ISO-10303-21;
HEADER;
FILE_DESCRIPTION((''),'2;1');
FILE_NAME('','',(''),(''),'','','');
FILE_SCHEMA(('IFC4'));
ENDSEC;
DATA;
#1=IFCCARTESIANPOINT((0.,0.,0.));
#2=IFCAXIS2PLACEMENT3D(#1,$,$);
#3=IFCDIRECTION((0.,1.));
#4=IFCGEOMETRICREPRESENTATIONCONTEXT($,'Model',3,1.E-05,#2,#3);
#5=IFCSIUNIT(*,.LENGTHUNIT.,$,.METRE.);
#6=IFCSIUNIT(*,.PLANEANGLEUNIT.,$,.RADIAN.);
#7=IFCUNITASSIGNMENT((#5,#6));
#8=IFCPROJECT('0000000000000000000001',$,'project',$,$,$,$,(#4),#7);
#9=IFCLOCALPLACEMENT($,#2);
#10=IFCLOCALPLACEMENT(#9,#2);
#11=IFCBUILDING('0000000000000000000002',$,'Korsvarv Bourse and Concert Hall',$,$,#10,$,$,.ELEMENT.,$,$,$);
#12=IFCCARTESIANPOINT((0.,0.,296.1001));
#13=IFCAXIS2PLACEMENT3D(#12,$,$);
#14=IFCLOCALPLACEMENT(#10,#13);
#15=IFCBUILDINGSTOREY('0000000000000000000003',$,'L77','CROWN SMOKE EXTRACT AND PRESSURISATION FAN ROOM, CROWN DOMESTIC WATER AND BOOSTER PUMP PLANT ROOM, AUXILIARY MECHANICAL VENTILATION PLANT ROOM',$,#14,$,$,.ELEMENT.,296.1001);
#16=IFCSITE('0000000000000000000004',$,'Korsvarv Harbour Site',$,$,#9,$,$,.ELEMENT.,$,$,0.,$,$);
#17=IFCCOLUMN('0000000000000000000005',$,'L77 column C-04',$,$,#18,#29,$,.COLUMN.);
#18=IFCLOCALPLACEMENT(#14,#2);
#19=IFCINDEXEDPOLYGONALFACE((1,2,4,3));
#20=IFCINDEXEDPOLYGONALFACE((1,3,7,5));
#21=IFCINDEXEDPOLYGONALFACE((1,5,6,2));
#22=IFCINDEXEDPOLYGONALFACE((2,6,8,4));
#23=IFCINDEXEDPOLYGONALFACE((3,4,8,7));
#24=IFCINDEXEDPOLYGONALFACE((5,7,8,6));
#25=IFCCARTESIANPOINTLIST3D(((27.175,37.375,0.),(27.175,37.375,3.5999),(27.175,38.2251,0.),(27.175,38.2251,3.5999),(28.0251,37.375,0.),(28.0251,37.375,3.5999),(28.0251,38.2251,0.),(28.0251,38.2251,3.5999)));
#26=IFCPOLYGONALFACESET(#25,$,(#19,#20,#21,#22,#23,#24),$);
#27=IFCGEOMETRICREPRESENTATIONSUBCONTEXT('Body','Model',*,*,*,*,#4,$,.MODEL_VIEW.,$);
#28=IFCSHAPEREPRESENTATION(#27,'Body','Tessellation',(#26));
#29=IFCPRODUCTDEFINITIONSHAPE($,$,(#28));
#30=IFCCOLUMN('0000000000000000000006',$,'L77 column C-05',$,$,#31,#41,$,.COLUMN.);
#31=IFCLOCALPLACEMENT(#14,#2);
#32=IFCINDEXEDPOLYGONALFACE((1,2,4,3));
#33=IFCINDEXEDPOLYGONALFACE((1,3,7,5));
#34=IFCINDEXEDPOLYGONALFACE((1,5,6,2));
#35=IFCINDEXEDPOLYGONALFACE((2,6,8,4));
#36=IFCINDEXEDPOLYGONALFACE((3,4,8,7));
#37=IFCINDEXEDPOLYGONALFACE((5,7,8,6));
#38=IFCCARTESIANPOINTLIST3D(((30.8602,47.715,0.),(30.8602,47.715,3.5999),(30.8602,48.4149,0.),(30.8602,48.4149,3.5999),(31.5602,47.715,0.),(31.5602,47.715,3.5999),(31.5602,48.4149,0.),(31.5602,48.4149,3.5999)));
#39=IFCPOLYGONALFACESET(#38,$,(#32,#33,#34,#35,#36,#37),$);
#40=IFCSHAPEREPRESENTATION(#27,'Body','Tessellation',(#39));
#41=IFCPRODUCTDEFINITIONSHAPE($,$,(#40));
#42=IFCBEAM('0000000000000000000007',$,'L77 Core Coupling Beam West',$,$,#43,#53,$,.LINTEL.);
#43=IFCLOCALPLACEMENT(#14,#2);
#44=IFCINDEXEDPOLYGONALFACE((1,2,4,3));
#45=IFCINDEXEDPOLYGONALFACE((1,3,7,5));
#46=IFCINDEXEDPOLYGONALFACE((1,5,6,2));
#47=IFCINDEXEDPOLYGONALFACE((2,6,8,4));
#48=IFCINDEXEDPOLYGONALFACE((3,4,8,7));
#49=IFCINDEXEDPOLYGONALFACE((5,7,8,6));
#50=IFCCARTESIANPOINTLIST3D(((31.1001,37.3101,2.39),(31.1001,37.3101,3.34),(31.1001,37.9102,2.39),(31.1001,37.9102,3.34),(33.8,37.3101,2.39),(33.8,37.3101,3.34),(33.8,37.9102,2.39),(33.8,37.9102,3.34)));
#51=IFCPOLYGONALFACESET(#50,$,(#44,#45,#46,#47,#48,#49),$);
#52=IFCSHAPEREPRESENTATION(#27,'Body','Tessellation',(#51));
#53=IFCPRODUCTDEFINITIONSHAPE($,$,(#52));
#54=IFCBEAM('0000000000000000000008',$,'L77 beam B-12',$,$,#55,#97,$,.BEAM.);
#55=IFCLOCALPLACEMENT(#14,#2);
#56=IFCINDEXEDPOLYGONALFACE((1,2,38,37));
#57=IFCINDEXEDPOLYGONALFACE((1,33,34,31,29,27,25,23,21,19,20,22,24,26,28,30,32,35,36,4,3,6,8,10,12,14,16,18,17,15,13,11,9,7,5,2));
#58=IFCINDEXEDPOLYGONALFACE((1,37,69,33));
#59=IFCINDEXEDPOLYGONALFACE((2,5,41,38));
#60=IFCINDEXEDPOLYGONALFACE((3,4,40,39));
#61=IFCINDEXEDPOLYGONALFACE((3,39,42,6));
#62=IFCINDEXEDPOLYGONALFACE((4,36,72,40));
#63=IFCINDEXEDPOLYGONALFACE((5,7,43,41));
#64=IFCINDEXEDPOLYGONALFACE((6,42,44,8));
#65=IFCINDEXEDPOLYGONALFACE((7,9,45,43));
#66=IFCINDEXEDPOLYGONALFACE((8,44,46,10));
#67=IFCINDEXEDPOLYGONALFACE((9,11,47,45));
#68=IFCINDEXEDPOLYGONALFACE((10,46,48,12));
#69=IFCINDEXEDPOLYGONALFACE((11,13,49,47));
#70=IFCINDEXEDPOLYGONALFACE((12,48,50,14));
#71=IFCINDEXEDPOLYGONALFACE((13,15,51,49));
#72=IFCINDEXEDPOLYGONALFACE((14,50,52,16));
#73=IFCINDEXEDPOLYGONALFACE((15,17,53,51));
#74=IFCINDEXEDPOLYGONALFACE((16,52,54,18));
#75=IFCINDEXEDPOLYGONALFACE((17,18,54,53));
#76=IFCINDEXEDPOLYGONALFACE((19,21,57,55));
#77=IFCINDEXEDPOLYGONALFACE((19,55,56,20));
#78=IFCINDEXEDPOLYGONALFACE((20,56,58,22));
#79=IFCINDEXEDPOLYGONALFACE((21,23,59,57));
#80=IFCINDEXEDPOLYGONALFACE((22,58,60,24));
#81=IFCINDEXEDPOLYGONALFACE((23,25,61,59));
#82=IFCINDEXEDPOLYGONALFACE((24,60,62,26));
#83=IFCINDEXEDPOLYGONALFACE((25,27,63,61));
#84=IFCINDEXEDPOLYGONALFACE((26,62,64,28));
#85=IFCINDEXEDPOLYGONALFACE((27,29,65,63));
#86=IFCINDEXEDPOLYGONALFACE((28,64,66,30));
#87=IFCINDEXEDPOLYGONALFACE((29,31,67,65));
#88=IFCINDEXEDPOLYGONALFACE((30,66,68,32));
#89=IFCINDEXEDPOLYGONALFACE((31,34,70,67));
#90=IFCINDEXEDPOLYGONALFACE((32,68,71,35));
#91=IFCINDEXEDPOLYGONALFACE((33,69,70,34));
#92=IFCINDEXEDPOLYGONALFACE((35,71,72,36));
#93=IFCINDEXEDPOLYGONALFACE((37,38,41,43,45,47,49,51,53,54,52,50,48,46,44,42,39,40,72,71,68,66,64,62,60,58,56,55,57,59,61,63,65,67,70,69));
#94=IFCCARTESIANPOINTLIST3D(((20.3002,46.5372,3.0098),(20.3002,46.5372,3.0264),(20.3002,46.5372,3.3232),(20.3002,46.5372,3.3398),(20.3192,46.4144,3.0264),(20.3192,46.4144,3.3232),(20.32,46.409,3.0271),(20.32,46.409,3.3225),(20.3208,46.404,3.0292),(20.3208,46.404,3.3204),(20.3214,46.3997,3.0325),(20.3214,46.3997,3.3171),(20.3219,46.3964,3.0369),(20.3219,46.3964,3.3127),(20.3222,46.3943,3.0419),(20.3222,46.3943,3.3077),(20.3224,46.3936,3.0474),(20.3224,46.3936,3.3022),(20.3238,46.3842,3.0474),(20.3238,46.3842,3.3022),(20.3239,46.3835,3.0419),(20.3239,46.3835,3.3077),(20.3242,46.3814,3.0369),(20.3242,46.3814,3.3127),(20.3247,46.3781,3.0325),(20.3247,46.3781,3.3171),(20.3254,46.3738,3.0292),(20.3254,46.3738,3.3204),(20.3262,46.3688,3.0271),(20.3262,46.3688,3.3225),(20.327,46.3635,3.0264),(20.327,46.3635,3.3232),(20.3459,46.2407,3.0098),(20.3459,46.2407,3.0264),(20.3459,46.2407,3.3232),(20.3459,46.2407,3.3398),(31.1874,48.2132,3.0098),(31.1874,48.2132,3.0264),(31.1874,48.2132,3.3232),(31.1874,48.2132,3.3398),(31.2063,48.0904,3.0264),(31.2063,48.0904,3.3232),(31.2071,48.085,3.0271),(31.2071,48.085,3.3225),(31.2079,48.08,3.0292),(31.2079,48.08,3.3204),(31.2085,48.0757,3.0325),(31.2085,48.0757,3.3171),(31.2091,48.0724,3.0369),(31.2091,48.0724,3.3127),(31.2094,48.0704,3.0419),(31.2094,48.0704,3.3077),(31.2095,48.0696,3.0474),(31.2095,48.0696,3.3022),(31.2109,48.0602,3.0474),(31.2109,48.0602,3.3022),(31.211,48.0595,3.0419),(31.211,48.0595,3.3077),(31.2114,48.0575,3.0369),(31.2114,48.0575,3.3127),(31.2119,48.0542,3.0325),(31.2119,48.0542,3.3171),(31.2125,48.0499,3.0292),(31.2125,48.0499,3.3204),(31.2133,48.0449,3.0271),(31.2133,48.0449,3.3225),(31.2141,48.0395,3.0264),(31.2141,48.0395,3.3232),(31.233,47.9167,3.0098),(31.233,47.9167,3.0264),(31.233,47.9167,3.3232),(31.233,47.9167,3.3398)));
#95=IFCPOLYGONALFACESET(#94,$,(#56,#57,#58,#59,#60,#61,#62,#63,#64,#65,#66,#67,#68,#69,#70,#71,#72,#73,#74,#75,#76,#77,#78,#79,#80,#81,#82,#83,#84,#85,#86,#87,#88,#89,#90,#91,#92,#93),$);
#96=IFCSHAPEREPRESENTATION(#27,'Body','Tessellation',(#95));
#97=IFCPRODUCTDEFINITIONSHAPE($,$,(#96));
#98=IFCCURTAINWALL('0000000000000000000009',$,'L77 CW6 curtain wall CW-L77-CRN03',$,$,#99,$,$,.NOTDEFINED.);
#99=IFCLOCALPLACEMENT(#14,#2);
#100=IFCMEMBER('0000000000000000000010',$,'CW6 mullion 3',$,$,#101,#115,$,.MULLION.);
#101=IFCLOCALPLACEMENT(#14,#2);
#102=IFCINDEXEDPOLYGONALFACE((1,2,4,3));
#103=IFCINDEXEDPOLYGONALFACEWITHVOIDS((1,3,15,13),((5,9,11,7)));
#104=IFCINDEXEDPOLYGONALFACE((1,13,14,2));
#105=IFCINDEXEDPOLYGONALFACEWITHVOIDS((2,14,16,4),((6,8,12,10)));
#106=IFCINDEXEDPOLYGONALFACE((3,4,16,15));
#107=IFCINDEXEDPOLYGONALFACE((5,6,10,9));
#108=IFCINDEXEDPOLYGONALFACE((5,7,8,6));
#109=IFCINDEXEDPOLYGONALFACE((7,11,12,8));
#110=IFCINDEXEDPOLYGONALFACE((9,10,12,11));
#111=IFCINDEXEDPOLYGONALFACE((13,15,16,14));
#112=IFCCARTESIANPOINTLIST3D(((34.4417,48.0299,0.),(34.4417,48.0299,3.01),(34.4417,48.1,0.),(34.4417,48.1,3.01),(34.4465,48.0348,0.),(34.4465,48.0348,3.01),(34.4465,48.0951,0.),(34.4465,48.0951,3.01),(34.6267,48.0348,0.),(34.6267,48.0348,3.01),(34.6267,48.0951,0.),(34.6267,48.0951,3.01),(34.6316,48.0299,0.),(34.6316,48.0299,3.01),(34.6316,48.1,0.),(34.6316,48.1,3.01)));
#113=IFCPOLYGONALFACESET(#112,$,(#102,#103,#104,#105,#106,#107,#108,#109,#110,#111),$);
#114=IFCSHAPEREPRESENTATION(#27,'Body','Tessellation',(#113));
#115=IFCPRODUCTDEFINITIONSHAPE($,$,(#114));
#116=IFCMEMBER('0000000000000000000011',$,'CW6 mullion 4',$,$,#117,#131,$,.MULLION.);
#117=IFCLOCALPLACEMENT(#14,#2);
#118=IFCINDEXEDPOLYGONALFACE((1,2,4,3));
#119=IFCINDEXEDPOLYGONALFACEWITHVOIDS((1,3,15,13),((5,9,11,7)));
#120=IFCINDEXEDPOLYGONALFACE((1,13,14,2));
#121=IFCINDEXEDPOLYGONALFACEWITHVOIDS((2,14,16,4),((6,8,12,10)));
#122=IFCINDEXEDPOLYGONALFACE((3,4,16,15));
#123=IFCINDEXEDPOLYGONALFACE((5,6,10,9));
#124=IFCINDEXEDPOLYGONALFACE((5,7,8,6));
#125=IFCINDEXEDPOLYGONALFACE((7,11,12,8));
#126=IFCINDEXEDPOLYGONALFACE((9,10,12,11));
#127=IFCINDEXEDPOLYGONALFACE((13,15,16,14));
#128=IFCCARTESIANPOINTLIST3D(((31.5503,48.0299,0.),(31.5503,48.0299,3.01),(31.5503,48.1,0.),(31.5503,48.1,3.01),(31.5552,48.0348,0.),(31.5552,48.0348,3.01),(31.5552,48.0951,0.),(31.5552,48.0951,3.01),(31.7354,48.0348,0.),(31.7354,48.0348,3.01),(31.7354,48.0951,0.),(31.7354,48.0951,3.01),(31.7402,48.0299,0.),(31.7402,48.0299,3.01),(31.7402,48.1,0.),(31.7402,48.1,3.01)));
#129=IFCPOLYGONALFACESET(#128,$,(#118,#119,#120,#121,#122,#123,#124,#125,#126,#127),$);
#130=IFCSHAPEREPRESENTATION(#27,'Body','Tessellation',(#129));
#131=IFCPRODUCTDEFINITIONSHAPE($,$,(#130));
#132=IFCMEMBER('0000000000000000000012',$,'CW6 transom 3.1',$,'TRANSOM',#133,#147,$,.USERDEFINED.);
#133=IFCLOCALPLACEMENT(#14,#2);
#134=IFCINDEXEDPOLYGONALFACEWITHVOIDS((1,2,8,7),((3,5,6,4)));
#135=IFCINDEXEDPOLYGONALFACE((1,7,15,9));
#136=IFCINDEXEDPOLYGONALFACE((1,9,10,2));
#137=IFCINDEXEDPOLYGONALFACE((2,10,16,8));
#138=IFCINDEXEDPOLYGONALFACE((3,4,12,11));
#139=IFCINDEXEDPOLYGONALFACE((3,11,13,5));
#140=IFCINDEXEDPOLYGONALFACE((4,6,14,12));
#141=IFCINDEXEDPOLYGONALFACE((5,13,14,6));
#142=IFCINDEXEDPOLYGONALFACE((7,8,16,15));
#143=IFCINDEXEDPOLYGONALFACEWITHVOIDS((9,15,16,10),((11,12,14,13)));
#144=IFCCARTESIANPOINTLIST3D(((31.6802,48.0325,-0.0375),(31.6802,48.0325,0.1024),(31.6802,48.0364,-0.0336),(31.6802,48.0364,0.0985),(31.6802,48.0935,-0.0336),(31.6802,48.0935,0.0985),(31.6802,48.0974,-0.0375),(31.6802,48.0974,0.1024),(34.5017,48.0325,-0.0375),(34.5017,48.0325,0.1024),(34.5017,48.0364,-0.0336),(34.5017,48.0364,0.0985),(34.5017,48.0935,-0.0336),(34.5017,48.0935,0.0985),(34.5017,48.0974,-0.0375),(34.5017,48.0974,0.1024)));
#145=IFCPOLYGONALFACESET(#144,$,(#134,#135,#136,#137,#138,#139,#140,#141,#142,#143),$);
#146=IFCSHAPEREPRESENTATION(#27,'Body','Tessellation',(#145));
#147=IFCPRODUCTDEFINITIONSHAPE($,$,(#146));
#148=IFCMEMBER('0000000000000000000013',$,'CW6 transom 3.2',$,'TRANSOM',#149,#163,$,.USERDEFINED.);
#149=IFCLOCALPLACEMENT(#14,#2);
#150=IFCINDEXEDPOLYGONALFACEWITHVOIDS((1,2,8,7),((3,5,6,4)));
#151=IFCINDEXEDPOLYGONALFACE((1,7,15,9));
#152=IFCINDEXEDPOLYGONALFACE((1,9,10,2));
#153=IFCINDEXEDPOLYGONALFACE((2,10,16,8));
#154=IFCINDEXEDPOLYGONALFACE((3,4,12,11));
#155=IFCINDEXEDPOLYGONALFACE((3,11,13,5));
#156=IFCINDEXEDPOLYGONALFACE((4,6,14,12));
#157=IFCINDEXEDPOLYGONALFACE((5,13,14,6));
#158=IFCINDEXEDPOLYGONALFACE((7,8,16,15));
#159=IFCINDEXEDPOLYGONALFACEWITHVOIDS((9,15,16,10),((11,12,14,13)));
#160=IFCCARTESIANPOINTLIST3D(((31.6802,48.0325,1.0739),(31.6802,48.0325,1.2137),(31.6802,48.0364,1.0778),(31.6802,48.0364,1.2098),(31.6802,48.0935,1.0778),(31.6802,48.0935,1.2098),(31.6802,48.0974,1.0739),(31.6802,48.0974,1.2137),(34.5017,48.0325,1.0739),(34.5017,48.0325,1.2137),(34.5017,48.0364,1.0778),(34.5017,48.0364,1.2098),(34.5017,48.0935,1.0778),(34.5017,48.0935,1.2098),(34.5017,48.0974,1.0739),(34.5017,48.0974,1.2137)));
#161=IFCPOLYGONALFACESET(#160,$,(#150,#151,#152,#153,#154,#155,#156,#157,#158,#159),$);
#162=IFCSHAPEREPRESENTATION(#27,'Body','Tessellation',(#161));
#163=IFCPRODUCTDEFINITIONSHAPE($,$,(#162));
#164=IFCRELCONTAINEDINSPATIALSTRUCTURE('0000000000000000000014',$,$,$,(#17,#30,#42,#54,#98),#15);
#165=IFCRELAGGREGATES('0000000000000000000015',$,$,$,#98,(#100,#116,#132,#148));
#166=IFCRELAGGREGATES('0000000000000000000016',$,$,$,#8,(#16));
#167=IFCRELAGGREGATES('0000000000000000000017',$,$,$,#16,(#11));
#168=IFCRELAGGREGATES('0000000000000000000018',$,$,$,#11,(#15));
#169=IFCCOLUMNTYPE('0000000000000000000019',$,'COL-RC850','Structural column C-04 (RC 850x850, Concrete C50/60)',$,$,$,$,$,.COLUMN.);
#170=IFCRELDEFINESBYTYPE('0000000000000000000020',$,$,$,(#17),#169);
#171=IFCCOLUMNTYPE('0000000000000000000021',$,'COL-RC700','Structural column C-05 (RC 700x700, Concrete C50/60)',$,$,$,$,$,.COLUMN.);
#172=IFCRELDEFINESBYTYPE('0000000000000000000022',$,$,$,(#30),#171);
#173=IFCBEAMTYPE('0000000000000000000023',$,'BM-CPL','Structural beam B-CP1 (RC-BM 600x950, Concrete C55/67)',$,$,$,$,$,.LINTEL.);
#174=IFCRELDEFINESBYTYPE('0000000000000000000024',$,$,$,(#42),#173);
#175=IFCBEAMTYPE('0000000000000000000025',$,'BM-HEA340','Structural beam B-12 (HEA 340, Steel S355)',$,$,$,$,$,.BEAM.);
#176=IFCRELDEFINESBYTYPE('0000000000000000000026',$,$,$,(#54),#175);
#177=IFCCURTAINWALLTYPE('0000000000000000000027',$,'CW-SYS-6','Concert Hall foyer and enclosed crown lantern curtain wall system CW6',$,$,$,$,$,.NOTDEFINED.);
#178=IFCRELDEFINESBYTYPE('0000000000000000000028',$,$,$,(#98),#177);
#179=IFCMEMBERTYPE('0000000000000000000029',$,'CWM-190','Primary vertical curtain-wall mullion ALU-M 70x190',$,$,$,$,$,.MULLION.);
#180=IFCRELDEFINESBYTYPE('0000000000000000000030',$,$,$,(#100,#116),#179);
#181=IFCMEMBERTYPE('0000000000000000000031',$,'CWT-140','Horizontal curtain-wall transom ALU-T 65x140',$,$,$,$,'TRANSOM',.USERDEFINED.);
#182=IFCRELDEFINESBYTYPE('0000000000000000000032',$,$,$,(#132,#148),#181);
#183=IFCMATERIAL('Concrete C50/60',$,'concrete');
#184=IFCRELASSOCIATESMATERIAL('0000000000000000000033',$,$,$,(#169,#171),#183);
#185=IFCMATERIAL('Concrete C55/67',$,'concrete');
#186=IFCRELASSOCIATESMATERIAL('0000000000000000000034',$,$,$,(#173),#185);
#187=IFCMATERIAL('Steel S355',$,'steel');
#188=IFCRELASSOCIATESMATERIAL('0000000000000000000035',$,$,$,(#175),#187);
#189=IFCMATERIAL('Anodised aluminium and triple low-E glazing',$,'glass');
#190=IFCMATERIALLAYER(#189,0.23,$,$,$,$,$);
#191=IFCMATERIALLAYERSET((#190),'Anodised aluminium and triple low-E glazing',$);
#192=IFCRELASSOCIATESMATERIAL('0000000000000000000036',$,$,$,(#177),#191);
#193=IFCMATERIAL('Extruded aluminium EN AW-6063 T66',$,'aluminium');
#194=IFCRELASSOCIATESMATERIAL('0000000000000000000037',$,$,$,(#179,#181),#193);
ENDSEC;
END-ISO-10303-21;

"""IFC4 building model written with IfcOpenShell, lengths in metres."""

from ifc_helpers import new_model, si_unit, direction, frame, origin, origin_2d, place, context, subcontext, project, spatial, rectangle, hollow_rectangle, i_section, extrude, source, transform, mapped, material, layer, layer_set, material_profile, profile_set, type_object, element, aggregate, save


model = new_model("IFC4")

# Units and contexts
model_context = context("Model", 3, precision=1e-05, world=origin(), true_north=direction((0.0, 1.0)))
body_context = subcontext(model_context, "Body", "Model", "MODEL_VIEW")
ifc_project = project(units=[si_unit("LENGTHUNIT", "METRE"), si_unit("PLANEANGLEUNIT", "RADIAN")], contexts=[model_context])

# Site, building, storey
site_placement = place(None, origin())
site = spatial("IfcSite", under=ifc_project, at=site_placement, Name="Korsvarv Harbour Site", CompositionType="ELEMENT", RefElevation=0.0)
building_placement = place(site_placement, origin())
building = spatial("IfcBuilding", under=site, at=building_placement, Name="Korsvarv Bourse and Concert Hall", CompositionType="ELEMENT")
storey_placement = place(building_placement, frame((0.0, 0.0, 296.1001)))
storey = spatial("IfcBuildingStorey", under=building, at=storey_placement, Name="L77", Description="CROWN SMOKE EXTRACT AND PRESSURISATION FAN ROOM, CROWN DOMESTIC WATER AND BOOSTER PUMP PLANT ROOM, AUXILIARY MECHANICAL VENTILATION PLANT ROOM", CompositionType="ELEMENT", Elevation=296.1001)

# Columns
ifc_material_1 = material(Name="Concrete C50/60", Category="concrete")
ifc_material_profile_1 = material_profile(ifc_material_1, rectangle(XDim=0.8501, YDim=0.8501, at=origin_2d()), Name="RC 850x850")
ifc_profile_set_1 = profile_set([ifc_material_profile_1], Name="Concrete C50/60")
column_type_1 = type_object("IfcColumnType", Name="COL-RC850", Description="Structural column C-04 (RC 850x850, Concrete C50/60)", PredefinedType="COLUMN", material=ifc_profile_set_1)
shared_shape_1 = source(origin(), body_context, "Body", "SweptSolid", [
    extrude(rectangle(XDim=0.8501, YDim=0.8501, at=origin_2d()), origin(), (0.0, 0.0, 1.0), 3.5999),
])
column_1_placement = place(storey_placement, frame((27.6001, 37.8, 0.0), z_axis=(0.0, 0.0, 1.0), x_axis=(1.0, 0.0, 0.0)))
element("IfcColumn", 1, at=column_1_placement, inside=storey, type_object=column_type_1, Name="L77 column C-04", PredefinedType="COLUMN", context=body_context, shape_type="MappedRepresentation", body=[
    mapped(shared_shape_1, transform((0.0, 0.0, 0.0), scale=1.0)),
])
ifc_material_profile_2 = material_profile(ifc_material_1, rectangle(XDim=0.7, YDim=0.7, at=origin_2d()), Name="RC 700x700")
ifc_profile_set_2 = profile_set([ifc_material_profile_2], Name="Concrete C50/60")
column_type_2 = type_object("IfcColumnType", Name="COL-RC700", Description="Structural column C-05 (RC 700x700, Concrete C50/60)", PredefinedType="COLUMN", material=ifc_profile_set_2)
shared_shape_2 = source(origin(), body_context, "Body", "SweptSolid", [
    extrude(rectangle(XDim=0.7, YDim=0.7, at=origin_2d()), origin(), (0.0, 0.0, 1.0), 3.5999),
])
column_2_placement = place(storey_placement, frame((31.2102, 48.0649, 0.0), z_axis=(0.0, 0.0, 1.0), x_axis=(1.0, 0.0, 0.0)))
element("IfcColumn", 2, at=column_2_placement, inside=storey, type_object=column_type_2, Name="L77 column C-05", PredefinedType="COLUMN", context=body_context, shape_type="MappedRepresentation", body=[
    mapped(shared_shape_2, transform((0.0, 0.0, 0.0), scale=1.0)),
])

# Beams
ifc_material_2 = material(Name="Concrete C55/67", Category="concrete")
ifc_material_profile_3 = material_profile(ifc_material_2, rectangle(XDim=0.6001, YDim=0.95, at=origin_2d()), Name="RC-BM 600x950")
ifc_profile_set_3 = profile_set([ifc_material_profile_3], Name="Concrete C55/67")
beam_type_1 = type_object("IfcBeamType", Name="BM-CPL", Description="Structural beam B-CP1 (RC-BM 600x950, Concrete C55/67)", PredefinedType="LINTEL", material=ifc_profile_set_3)
shared_shape_3 = source(origin(), body_context, "Body", "SweptSolid", [
    extrude(rectangle(XDim=0.6001, YDim=0.95, at=origin_2d()), origin(), (0.0, 0.0, 1.0), 2.7),
])
beam_1_placement = place(storey_placement, frame((31.1001, 37.6101, 2.865), z_axis=(1.0, 0.0, 0.0), x_axis=(0.0, 1.0, 0.0)))
element("IfcBeam", 3, at=beam_1_placement, inside=storey, type_object=beam_type_1, Name="L77 Core Coupling Beam West", PredefinedType="LINTEL", context=body_context, shape_type="MappedRepresentation", body=[
    mapped(shared_shape_3, transform((0.0, 0.0, 0.0), scale=1.0)),
])
ifc_material_3 = material(Name="Steel S355", Category="steel")
ifc_material_profile_4 = material_profile(ifc_material_3, i_section(OverallWidth=0.3, OverallDepth=0.3301, WebThickness=0.0095, FlangeThickness=0.0166, FilletRadius=0.021, at=origin_2d()), Name="HEA 340")
ifc_profile_set_4 = profile_set([ifc_material_profile_4], Name="Steel S355")
beam_type_2 = type_object("IfcBeamType", Name="BM-HEA340", Description="Structural beam B-12 (HEA 340, Steel S355)", PredefinedType="BEAM", material=ifc_profile_set_4)
shared_shape_4 = source(origin(), body_context, "Body", "SweptSolid", [
    extrude(i_section(OverallWidth=0.3, OverallDepth=0.3301, WebThickness=0.0095, FlangeThickness=0.0166, FilletRadius=0.021, at=origin_2d()), origin(), (0.0, 0.0, 1.0), 11.0154),
])
beam_2_placement = place(storey_placement, frame((31.2102, 48.0649, 3.1748), z_axis=(-0.988357, -0.152152, 0.0), x_axis=(0.152152, -0.988357, 0.0)))
element("IfcBeam", 4, at=beam_2_placement, inside=storey, type_object=beam_type_2, Name="L77 beam B-12", PredefinedType="BEAM", context=body_context, shape_type="MappedRepresentation", body=[
    mapped(shared_shape_4, transform((0.0, 0.0, 0.0), scale=1.0)),
])

# Curtain wall, members
ifc_material_4 = material(Name="Anodised aluminium and triple low-E glazing", Category="glass")
ifc_layer_1 = layer(ifc_material_4, 0.23)
ifc_layer_set_1 = layer_set([ifc_layer_1], Name="Anodised aluminium and triple low-E glazing")
curtain_wall_type = type_object("IfcCurtainWallType", Name="CW-SYS-6", Description="Concert Hall foyer and enclosed crown lantern curtain wall system CW6", PredefinedType="NOTDEFINED", material=ifc_layer_set_1)
curtain_wall_placement = place(storey_placement, origin())
curtain_wall = element("IfcCurtainWall", 5, at=curtain_wall_placement, inside=storey, type_object=curtain_wall_type, Name="L77 CW6 curtain wall CW-L77-CRN03", PredefinedType="NOTDEFINED")
ifc_material_5 = material(Name="Extruded aluminium EN AW-6063 T66", Category="aluminium")
ifc_material_profile_5 = material_profile(ifc_material_5, hollow_rectangle(XDim=0.0701, YDim=0.1899, WallThickness=0.0049, at=origin_2d()), Name="ALU-M 70x190")
ifc_profile_set_5 = profile_set([ifc_material_profile_5], Name="Extruded aluminium EN AW-6063 T66")
member_type_1 = type_object("IfcMemberType", Name="CWM-190", Description="Primary vertical curtain-wall mullion ALU-M 70x190", PredefinedType="MULLION", material=ifc_profile_set_5)
shared_shape_5 = source(origin(), body_context, "Body", "SweptSolid", [
    extrude(hollow_rectangle(XDim=0.0701, YDim=0.1899, WallThickness=0.0049, at=origin_2d()), origin(), (0.0, 0.0, 1.0), 3.01),
])
member_1_placement = place(storey_placement, frame((34.5366, 48.0649, 0.0), z_axis=(0.0, 0.0, 1.0), x_axis=(0.0, -1.0, 0.0)))
member_1 = element("IfcMember", 6, at=member_1_placement, type_object=member_type_1, Name="CW6 mullion 3", PredefinedType="MULLION", context=body_context, shape_type="MappedRepresentation", body=[
    mapped(shared_shape_5, transform((0.0, 0.0, 0.0), scale=1.0)),
])
member_2_placement = place(storey_placement, frame((31.6453, 48.0649, 0.0), z_axis=(0.0, 0.0, 1.0), x_axis=(0.0, -1.0, 0.0)))
member_2 = element("IfcMember", 7, at=member_2_placement, type_object=member_type_1, Name="CW6 mullion 4", PredefinedType="MULLION", context=body_context, shape_type="MappedRepresentation", body=[
    mapped(shared_shape_5, transform((0.0, 0.0, 0.0), scale=1.0)),
])
ifc_material_profile_6 = material_profile(ifc_material_5, hollow_rectangle(XDim=0.0649, YDim=0.1399, WallThickness=0.0039, at=origin_2d()), Name="ALU-T 65x140")
ifc_profile_set_6 = profile_set([ifc_material_profile_6], Name="Extruded aluminium EN AW-6063 T66")
member_type_2 = type_object("IfcMemberType", Name="CWT-140", Description="Horizontal curtain-wall transom ALU-T 65x140", ElementType="TRANSOM", PredefinedType="USERDEFINED", material=ifc_profile_set_6)
shared_shape_6 = source(origin(), body_context, "Body", "SweptSolid", [
    extrude(hollow_rectangle(XDim=0.0649, YDim=0.1399, WallThickness=0.0039, at=origin_2d()), origin(), (0.0, 0.0, 1.0), 2.8215),
])
member_3_placement = place(storey_placement, frame((34.5017, 48.0649, 0.0325), z_axis=(-1.0, 0.0, 0.0), x_axis=(0.0, -1.0, 0.0)))
member_3 = element("IfcMember", 8, at=member_3_placement, type_object=member_type_2, Name="CW6 transom 3.1", ObjectType="TRANSOM", PredefinedType="USERDEFINED", context=body_context, shape_type="MappedRepresentation", body=[
    mapped(shared_shape_6, transform((0.0, 0.0, 0.0), scale=1.0)),
])
member_4_placement = place(storey_placement, frame((34.5017, 48.0649, 1.1438), z_axis=(-1.0, 0.0, 0.0), x_axis=(0.0, -1.0, 0.0)))
member_4 = element("IfcMember", 9, at=member_4_placement, type_object=member_type_2, Name="CW6 transom 3.2", ObjectType="TRANSOM", PredefinedType="USERDEFINED", context=body_context, shape_type="MappedRepresentation", body=[
    mapped(shared_shape_6, transform((0.0, 0.0, 0.0), scale=1.0)),
])
aggregate(curtain_wall, [member_1, member_2, member_3, member_4])

save(model, "model.ifc")
